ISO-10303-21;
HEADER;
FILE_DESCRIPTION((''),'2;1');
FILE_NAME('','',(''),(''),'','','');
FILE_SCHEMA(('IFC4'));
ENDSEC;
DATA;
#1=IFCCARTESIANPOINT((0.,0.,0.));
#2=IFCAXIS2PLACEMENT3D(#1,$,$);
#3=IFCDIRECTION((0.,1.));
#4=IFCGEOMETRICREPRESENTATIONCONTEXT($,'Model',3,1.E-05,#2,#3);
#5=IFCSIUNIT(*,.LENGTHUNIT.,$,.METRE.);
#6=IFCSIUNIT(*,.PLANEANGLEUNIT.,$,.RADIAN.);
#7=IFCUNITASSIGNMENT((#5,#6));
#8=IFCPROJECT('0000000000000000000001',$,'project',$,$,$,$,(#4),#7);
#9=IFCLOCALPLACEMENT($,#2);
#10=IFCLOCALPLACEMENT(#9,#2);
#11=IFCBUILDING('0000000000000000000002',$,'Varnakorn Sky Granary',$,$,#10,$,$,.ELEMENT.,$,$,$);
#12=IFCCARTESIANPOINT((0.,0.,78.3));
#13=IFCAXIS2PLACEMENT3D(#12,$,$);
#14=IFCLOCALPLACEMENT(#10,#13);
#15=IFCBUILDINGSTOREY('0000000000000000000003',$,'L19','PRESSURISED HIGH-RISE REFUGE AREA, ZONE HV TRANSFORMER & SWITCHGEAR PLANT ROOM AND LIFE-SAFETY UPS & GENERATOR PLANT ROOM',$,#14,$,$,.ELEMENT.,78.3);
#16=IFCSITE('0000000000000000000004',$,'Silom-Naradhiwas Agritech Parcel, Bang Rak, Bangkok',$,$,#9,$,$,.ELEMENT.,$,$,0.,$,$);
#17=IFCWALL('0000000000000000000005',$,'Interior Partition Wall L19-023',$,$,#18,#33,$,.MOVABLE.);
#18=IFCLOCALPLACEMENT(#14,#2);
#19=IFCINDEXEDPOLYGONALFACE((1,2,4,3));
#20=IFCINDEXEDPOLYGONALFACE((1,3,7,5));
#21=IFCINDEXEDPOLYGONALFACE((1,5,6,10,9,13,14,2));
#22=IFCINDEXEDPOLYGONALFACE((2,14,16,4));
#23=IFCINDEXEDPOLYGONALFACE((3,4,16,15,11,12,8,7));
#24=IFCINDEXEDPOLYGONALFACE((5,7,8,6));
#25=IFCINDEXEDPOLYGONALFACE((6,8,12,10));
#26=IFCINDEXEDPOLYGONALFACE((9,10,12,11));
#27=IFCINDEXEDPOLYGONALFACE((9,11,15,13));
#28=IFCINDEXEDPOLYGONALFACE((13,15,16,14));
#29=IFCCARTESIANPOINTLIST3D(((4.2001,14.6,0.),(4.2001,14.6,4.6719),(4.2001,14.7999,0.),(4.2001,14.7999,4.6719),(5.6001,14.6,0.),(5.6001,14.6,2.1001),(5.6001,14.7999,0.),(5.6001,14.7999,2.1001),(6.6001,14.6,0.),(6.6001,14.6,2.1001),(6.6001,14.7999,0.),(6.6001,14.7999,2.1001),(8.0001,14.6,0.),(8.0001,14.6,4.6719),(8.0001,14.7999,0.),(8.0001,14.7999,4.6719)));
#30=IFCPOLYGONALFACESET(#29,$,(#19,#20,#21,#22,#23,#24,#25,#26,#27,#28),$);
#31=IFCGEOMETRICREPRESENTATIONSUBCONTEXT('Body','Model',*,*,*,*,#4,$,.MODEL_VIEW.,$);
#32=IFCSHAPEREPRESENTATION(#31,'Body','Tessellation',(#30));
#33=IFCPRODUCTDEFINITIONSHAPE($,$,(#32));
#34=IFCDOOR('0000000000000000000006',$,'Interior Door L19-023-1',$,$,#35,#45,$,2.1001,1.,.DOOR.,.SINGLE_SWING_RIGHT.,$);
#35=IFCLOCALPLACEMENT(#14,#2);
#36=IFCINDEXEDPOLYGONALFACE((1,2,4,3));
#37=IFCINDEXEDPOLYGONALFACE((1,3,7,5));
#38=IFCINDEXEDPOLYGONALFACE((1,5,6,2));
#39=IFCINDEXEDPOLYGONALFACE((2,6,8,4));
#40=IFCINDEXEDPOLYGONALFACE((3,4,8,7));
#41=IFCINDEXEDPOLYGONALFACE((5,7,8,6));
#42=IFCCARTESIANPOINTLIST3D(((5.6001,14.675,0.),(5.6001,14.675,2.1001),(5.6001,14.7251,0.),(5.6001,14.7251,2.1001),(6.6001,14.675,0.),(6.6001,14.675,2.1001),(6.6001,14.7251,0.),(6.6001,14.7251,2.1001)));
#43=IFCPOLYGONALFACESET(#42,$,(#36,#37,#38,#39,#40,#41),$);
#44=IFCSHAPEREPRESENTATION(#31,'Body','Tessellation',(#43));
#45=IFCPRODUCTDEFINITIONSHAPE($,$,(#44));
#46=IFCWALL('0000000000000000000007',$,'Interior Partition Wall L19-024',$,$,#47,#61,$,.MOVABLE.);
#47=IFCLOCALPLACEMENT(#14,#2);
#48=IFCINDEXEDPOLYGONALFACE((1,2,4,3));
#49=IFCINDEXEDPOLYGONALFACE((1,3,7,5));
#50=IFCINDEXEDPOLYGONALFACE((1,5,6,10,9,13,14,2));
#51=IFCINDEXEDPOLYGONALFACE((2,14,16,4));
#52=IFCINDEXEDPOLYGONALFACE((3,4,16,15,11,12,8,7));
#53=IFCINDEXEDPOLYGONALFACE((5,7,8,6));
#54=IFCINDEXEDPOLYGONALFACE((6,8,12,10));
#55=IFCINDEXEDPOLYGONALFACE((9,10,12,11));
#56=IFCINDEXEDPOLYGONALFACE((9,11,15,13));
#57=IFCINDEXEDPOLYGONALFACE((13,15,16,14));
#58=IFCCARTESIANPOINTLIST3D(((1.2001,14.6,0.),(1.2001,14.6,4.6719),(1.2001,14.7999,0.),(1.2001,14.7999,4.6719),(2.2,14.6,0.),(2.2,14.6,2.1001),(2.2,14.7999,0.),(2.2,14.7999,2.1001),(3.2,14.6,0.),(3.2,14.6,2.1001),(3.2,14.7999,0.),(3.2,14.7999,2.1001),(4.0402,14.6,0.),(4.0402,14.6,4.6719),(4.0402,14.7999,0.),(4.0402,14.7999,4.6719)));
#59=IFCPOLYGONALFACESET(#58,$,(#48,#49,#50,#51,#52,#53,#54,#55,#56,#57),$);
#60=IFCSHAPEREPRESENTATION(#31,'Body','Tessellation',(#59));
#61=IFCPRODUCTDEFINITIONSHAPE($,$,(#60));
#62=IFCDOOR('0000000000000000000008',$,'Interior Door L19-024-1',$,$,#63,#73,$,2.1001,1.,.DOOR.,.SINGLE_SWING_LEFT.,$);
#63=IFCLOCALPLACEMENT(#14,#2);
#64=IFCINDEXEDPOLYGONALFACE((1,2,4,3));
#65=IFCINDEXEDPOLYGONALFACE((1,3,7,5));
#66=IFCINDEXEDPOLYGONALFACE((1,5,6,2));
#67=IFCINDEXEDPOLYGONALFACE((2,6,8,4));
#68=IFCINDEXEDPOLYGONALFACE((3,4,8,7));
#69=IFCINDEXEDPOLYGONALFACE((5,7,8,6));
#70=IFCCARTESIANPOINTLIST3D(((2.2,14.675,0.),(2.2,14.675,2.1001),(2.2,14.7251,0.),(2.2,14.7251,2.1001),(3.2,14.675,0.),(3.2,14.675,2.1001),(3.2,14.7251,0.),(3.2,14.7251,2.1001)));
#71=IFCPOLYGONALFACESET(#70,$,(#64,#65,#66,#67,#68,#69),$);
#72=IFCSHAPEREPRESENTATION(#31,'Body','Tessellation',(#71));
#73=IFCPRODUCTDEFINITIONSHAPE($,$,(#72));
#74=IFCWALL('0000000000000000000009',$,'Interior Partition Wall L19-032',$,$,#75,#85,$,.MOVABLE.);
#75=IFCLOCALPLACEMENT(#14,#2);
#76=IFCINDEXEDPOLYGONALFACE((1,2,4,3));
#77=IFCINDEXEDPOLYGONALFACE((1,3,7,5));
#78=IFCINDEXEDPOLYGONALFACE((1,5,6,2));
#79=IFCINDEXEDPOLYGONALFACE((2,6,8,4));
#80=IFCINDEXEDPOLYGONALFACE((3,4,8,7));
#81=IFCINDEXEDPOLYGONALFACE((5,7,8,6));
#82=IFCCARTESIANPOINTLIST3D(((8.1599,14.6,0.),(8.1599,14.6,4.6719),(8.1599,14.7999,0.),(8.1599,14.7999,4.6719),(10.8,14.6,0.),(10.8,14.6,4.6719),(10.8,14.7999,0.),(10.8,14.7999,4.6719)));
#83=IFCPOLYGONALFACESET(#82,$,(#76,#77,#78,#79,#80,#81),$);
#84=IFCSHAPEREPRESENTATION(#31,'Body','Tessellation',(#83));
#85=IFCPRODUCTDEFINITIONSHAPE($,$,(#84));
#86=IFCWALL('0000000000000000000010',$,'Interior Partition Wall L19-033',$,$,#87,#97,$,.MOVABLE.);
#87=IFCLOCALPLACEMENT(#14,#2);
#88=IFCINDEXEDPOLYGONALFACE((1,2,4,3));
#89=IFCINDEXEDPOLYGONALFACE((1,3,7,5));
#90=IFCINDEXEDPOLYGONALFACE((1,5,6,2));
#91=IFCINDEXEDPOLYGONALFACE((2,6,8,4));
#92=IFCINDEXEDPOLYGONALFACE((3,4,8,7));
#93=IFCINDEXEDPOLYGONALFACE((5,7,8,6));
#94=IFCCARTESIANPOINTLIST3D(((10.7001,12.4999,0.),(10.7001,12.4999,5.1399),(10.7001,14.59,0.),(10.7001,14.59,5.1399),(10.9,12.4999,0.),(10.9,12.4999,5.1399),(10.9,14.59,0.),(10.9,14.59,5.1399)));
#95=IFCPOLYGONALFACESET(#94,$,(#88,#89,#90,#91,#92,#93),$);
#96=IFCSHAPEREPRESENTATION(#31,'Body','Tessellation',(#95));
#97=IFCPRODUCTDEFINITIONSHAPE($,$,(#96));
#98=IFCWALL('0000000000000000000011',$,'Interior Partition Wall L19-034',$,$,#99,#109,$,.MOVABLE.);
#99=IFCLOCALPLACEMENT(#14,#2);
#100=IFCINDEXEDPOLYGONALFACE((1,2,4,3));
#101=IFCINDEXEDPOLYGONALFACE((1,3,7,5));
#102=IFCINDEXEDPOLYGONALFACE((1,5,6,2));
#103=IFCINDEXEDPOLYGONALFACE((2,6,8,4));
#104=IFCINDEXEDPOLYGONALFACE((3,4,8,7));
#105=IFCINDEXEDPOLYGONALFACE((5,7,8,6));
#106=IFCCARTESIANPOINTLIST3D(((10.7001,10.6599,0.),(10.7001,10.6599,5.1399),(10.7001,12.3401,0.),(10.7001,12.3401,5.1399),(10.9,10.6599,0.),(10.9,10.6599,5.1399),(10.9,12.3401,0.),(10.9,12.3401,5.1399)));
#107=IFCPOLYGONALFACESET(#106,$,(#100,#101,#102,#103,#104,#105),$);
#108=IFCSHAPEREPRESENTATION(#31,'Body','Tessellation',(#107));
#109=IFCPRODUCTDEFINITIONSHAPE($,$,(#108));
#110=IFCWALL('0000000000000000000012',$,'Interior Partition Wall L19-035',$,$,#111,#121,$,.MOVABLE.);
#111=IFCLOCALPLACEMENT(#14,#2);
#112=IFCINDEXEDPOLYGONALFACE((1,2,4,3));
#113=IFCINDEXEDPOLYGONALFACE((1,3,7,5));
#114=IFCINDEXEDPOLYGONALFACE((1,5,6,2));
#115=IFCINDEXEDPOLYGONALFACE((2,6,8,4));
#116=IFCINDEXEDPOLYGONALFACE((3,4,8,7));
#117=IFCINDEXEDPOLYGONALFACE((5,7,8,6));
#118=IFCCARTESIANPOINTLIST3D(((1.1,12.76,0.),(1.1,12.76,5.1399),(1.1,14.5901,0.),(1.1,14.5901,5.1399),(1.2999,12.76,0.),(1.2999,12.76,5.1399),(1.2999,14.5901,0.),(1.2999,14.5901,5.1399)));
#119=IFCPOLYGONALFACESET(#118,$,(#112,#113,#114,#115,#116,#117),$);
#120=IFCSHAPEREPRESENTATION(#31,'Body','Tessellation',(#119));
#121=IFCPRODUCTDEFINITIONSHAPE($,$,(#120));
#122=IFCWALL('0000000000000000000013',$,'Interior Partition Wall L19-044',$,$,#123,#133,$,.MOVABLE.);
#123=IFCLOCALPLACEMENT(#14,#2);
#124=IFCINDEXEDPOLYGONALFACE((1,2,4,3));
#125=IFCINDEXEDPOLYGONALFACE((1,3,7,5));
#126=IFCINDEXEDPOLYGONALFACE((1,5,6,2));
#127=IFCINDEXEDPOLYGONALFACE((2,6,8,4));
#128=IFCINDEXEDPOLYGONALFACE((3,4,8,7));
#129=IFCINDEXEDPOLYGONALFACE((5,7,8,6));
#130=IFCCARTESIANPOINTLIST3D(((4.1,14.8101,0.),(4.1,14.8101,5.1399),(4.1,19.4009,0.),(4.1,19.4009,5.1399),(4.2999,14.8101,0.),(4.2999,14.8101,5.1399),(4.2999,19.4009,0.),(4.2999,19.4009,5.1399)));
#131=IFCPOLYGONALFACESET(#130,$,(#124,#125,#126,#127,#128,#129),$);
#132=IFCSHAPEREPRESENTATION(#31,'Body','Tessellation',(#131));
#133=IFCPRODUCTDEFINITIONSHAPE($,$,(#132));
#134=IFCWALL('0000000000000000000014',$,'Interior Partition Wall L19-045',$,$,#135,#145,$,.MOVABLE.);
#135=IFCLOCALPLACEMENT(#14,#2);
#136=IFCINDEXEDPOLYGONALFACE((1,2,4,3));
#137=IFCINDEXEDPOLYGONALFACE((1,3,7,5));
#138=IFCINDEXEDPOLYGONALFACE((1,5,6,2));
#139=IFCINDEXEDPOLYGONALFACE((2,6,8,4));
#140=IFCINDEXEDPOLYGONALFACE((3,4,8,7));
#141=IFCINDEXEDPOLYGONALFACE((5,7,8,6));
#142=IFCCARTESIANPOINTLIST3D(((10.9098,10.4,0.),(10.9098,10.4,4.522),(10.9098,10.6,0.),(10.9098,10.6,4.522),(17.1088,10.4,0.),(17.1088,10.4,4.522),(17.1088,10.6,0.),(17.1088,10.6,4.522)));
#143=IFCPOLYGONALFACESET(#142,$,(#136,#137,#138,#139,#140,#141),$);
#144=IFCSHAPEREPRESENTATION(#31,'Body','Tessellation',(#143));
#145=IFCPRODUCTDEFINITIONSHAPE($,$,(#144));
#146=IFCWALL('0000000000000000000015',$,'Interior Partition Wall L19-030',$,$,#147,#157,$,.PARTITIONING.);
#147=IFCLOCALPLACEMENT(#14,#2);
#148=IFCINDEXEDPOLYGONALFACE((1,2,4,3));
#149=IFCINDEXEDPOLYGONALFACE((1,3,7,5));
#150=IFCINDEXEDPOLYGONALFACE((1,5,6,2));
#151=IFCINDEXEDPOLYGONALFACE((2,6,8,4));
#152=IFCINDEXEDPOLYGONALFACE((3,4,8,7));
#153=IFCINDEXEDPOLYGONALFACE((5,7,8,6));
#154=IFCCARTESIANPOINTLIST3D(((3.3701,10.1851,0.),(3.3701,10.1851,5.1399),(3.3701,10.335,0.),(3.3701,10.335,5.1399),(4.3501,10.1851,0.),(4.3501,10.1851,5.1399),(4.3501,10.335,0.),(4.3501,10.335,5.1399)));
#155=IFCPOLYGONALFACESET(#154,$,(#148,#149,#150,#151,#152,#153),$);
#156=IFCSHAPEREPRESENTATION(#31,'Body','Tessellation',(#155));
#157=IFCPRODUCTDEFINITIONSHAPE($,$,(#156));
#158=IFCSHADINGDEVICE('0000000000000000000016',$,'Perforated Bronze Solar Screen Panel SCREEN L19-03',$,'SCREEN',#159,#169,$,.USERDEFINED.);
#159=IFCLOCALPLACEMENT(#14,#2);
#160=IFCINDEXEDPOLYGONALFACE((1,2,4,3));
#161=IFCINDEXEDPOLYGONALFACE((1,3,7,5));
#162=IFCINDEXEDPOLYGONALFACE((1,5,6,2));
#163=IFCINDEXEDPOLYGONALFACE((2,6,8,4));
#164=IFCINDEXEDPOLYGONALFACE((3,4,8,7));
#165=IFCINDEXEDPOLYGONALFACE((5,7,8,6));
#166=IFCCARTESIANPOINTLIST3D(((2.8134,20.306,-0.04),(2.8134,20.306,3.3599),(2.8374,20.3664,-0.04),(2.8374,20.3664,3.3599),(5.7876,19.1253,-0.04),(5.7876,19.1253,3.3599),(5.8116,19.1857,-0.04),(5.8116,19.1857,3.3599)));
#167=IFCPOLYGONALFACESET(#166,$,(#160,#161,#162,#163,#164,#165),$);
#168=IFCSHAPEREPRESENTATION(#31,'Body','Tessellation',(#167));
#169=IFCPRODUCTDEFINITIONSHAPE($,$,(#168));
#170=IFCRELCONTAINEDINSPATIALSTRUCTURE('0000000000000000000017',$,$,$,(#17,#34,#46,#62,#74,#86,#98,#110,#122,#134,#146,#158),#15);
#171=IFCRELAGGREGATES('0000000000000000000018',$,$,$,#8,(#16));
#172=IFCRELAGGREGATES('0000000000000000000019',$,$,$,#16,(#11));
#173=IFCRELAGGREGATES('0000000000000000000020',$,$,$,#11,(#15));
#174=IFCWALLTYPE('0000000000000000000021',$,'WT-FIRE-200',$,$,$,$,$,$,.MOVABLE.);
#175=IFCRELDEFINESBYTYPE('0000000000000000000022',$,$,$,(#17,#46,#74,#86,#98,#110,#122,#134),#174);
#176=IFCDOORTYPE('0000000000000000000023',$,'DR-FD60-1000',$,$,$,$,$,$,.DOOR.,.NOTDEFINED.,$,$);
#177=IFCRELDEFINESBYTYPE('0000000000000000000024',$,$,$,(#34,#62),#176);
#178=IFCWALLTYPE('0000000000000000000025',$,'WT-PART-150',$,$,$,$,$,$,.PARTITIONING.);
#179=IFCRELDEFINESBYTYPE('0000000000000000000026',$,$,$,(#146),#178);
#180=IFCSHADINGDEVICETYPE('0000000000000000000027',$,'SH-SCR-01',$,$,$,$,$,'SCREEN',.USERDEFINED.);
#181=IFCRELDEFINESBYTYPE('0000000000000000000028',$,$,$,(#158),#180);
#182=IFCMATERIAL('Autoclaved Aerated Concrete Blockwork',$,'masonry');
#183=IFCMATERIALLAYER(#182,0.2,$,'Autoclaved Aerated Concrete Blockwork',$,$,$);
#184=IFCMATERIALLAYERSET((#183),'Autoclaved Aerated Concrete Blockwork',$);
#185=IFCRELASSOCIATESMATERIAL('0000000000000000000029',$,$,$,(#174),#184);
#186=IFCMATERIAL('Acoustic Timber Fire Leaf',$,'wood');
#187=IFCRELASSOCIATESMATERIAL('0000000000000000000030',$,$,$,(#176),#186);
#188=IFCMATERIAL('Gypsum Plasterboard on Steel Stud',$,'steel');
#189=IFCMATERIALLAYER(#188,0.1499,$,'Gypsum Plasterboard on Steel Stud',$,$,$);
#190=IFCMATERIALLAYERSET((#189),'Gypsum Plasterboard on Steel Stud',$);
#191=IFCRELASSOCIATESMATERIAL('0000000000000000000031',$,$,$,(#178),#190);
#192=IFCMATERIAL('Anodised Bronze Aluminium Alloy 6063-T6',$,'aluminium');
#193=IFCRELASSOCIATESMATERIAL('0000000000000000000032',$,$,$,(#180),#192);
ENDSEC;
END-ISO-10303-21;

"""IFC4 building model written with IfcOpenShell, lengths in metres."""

from ifc_helpers import new_model, si_unit, direction, frame, frame_2d, origin, origin_2d, place, context, subcontext, project, spatial, rectangle, extrude, source, transform, mapped, material, layer, layer_set, type_object, type_shapes, element, fill, save


model = new_model("IFC4")

# Units and contexts
model_context = context("Model", 3, precision=1e-05, world=origin(), true_north=direction((0.0, 1.0)))
body_context = subcontext(model_context, "Body", "Model", "MODEL_VIEW")
ifc_project = project(units=[si_unit("LENGTHUNIT", "METRE"), si_unit("PLANEANGLEUNIT", "RADIAN")], contexts=[model_context])

# Site, building, storey
site_placement = place(None, origin())
site = spatial("IfcSite", under=ifc_project, at=site_placement, Name="Silom-Naradhiwas Agritech Parcel, Bang Rak, Bangkok", CompositionType="ELEMENT", RefElevation=0.0)
building_placement = place(site_placement, origin())
building = spatial("IfcBuilding", under=site, at=building_placement, Name="Varnakorn Sky Granary", CompositionType="ELEMENT")
storey_placement = place(building_placement, frame((0.0, 0.0, 78.3)))
storey = spatial("IfcBuildingStorey", under=building, at=storey_placement, Name="L19", Description="PRESSURISED HIGH-RISE REFUGE AREA, ZONE HV TRANSFORMER & SWITCHGEAR PLANT ROOM AND LIFE-SAFETY UPS & GENERATOR PLANT ROOM", CompositionType="ELEMENT", Elevation=78.3)

# Walls, openings, doors
ifc_material_1 = material(Name="Autoclaved Aerated Concrete Blockwork", Category="masonry")
ifc_layer_1 = layer(ifc_material_1, 0.2, Name="Autoclaved Aerated Concrete Blockwork")
ifc_layer_set_1 = layer_set([ifc_layer_1], Name="Autoclaved Aerated Concrete Blockwork")
wall_type_1 = type_object("IfcWallType", Name="WT-FIRE-200", PredefinedType="MOVABLE", material=ifc_layer_set_1)
wall_1_placement = place(storey_placement, frame((8.0, 14.7, 0.0), z_axis=(0.0, 0.0, 1.0), x_axis=(-1.0, 0.0, 0.0)))
wall_1 = element("IfcWall", 1, at=wall_1_placement, inside=storey, type_object=wall_type_1, Name="Interior Partition Wall L19-023", PredefinedType="MOVABLE", context=body_context, shape_type="SweptSolid", body=[
    extrude(rectangle(XDim=3.8, YDim=0.2, at=frame_2d((1.8999, 0.0))), origin(), (0.0, 0.0, 1.0), 4.6719),
])
opening_1_placement = place(wall_1_placement, frame((1.3999, 0.0, 0.0)))
opening_1 = element("IfcOpeningElement", 2, at=opening_1_placement, cuts=wall_1, PredefinedType="OPENING", context=body_context, shape_type="SweptSolid", body=[
    extrude(rectangle(XDim=1.0, YDim=2.1001, at=frame_2d((0.5, 1.05))), frame((0.0, 0.1099, 0.0), z_axis=(0.0, -1.0, 0.0), x_axis=(1.0, 0.0, 0.0)), (0.0, 0.0, 1.0), 0.22),
])
ifc_material_2 = material(Name="Acoustic Timber Fire Leaf", Category="wood")
door_type = type_object("IfcDoorType", Name="DR-FD60-1000", OperationType="NOTDEFINED", PredefinedType="DOOR", material=ifc_material_2)
door_1_placement = place(opening_1_placement, origin())
door_1 = element("IfcDoor", 3, at=door_1_placement, inside=storey, type_object=door_type, Name="Interior Door L19-023-1", OperationType="SINGLE_SWING_RIGHT", OverallHeight=2.1001, OverallWidth=1.0, PredefinedType="DOOR", context=body_context, shape_type="SweptSolid", body=[
    extrude(rectangle(XDim=1.0, YDim=2.1001, at=frame_2d((0.5, 1.05))), frame((0.0, 0.0249, 0.0), z_axis=(0.0, -1.0, 0.0), x_axis=(1.0, 0.0, 0.0)), (0.0, 0.0, 1.0), 0.05),
])
fill(opening_1, door_1)
wall_2_placement = place(storey_placement, frame((4.04, 14.7, 0.0), z_axis=(0.0, 0.0, 1.0), x_axis=(-1.0, 0.0, 0.0)))
wall_2 = element("IfcWall", 4, at=wall_2_placement, inside=storey, type_object=wall_type_1, Name="Interior Partition Wall L19-024", PredefinedType="MOVABLE", context=body_context, shape_type="SweptSolid", body=[
    extrude(rectangle(XDim=2.8401, YDim=0.2, at=frame_2d((1.4199, 0.0))), origin(), (0.0, 0.0, 1.0), 4.6719),
])
opening_2_placement = place(wall_2_placement, frame((0.8401, 0.0, 0.0)))
opening_2 = element("IfcOpeningElement", 5, at=opening_2_placement, cuts=wall_2, PredefinedType="OPENING", context=body_context, shape_type="SweptSolid", body=[
    extrude(rectangle(XDim=1.0, YDim=2.1001, at=frame_2d((0.5, 1.05))), frame((0.0, 0.1099, 0.0), z_axis=(0.0, -1.0, 0.0), x_axis=(1.0, 0.0, 0.0)), (0.0, 0.0, 1.0), 0.22),
])
door_2_placement = place(opening_2_placement, origin())
door_2 = element("IfcDoor", 6, at=door_2_placement, inside=storey, type_object=door_type, Name="Interior Door L19-024-1", OperationType="SINGLE_SWING_LEFT", OverallHeight=2.1001, OverallWidth=1.0, PredefinedType="DOOR", context=body_context, shape_type="SweptSolid", body=[
    extrude(rectangle(XDim=1.0, YDim=2.1001, at=frame_2d((0.5, 1.05))), frame((0.0, 0.0249, 0.0), z_axis=(0.0, -1.0, 0.0), x_axis=(1.0, 0.0, 0.0)), (0.0, 0.0, 1.0), 0.05),
])
fill(opening_2, door_2)

# Walls
wall_3_placement = place(storey_placement, frame((10.8, 14.7, 0.0), z_axis=(0.0, 0.0, 1.0), x_axis=(-1.0, 0.0, 0.0)))
element("IfcWall", 7, at=wall_3_placement, inside=storey, type_object=wall_type_1, Name="Interior Partition Wall L19-032", PredefinedType="MOVABLE", context=body_context, shape_type="SweptSolid", body=[
    extrude(rectangle(XDim=2.6401, YDim=0.2, at=frame_2d((1.3201, 0.0))), origin(), (0.0, 0.0, 1.0), 4.6719),
])
wall_4_placement = place(storey_placement, frame((10.8, 12.5, 0.0), z_axis=(0.0, 0.0, 1.0), x_axis=(0.0, 1.0, 0.0)))
element("IfcWall", 8, at=wall_4_placement, inside=storey, type_object=wall_type_1, Name="Interior Partition Wall L19-033", PredefinedType="MOVABLE", context=body_context, shape_type="SweptSolid", body=[
    extrude(rectangle(XDim=2.0901, YDim=0.2, at=frame_2d((1.0449, 0.0))), origin(), (0.0, 0.0, 1.0), 5.1399),
])
wall_5_placement = place(storey_placement, frame((10.8, 10.6599, 0.0), z_axis=(0.0, 0.0, 1.0), x_axis=(0.0, 1.0, 0.0)))
element("IfcWall", 9, at=wall_5_placement, inside=storey, type_object=wall_type_1, Name="Interior Partition Wall L19-034", PredefinedType="MOVABLE", context=body_context, shape_type="SweptSolid", body=[
    extrude(rectangle(XDim=1.6802, YDim=0.2, at=frame_2d((0.8401, 0.0))), origin(), (0.0, 0.0, 1.0), 5.1399),
])
wall_6_placement = place(storey_placement, frame((1.2, 14.5901, 0.0), z_axis=(0.0, 0.0, 1.0), x_axis=(0.0, -1.0, 0.0)))
element("IfcWall", 10, at=wall_6_placement, inside=storey, type_object=wall_type_1, Name="Interior Partition Wall L19-035", PredefinedType="MOVABLE", context=body_context, shape_type="SweptSolid", body=[
    extrude(rectangle(XDim=1.8301, YDim=0.2, at=frame_2d((0.915, 0.0))), origin(), (0.0, 0.0, 1.0), 5.1399),
])
wall_7_placement = place(storey_placement, frame((4.2, 14.8101, 0.0), z_axis=(0.0, 0.0, 1.0), x_axis=(0.0, 1.0, 0.0)))
element("IfcWall", 11, at=wall_7_placement, inside=storey, type_object=wall_type_1, Name="Interior Partition Wall L19-044", PredefinedType="MOVABLE", context=body_context, shape_type="SweptSolid", body=[
    extrude(rectangle(XDim=4.5908, YDim=0.2, at=frame_2d((2.2954, 0.0))), origin(), (0.0, 0.0, 1.0), 5.1399),
])
wall_8_placement = place(storey_placement, frame((17.1089, 10.5, 0.0), z_axis=(0.0, 0.0, 1.0), x_axis=(-1.0, 0.0, 0.0)))
element("IfcWall", 12, at=wall_8_placement, inside=storey, type_object=wall_type_1, Name="Interior Partition Wall L19-045", PredefinedType="MOVABLE", context=body_context, shape_type="SweptSolid", body=[
    extrude(rectangle(XDim=6.199, YDim=0.2, at=frame_2d((3.0996, 0.0))), origin(), (0.0, 0.0, 1.0), 4.522),
])
ifc_material_3 = material(Name="Gypsum Plasterboard on Steel Stud", Category="steel")
ifc_layer_2 = layer(ifc_material_3, 0.1499, Name="Gypsum Plasterboard on Steel Stud")
ifc_layer_set_2 = layer_set([ifc_layer_2], Name="Gypsum Plasterboard on Steel Stud")
wall_type_2 = type_object("IfcWallType", Name="WT-PART-150", PredefinedType="PARTITIONING", material=ifc_layer_set_2)
wall_9_placement = place(storey_placement, frame((3.3701, 10.26, 0.0), z_axis=(0.0, 0.0, 1.0), x_axis=(1.0, 0.0, 0.0)))
element("IfcWall", 13, at=wall_9_placement, inside=storey, type_object=wall_type_2, Name="Interior Partition Wall L19-030", PredefinedType="PARTITIONING", context=body_context, shape_type="SweptSolid", body=[
    extrude(rectangle(XDim=0.98, YDim=0.1499, at=frame_2d((0.49, 0.0))), origin(), (0.0, 0.0, 1.0), 5.1399),
])

# Shading device
ifc_material_4 = material(Name="Anodised Bronze Aluminium Alloy 6063-T6", Category="aluminium")
shading_device_type = type_object("IfcShadingDeviceType", Name="SH-SCR-01", ElementType="SCREEN", PredefinedType="USERDEFINED", material=ifc_material_4)
shared_shape_1 = source(origin(), body_context, "Body", "SweptSolid", [
    extrude(rectangle(XDim=3.2, YDim=0.0649, at=origin_2d()), origin(), (0.0, 0.0, 1.0), 3.3999),
])
type_shapes(shading_device_type, [shared_shape_1])
shading_device_placement = place(storey_placement, frame((4.3125, 19.7458, -0.04), z_axis=(0.0, 0.0, 1.0), x_axis=(-0.929438, 0.368977, 0.0)))
element("IfcShadingDevice", 14, at=shading_device_placement, inside=storey, type_object=shading_device_type, Name="Perforated Bronze Solar Screen Panel SCREEN L19-03", ObjectType="SCREEN", PredefinedType="USERDEFINED", context=body_context, shape_type="MappedRepresentation", body=[
    mapped(shared_shape_1, transform((0.0, 0.0, 0.0), x_axis=(1.0, 0.0, 0.0), y_axis=(0.0, 1.0, 0.0), z_axis=(0.0, 0.0, 1.0), scale=1.0)),
])

save(model, "model.ifc")
